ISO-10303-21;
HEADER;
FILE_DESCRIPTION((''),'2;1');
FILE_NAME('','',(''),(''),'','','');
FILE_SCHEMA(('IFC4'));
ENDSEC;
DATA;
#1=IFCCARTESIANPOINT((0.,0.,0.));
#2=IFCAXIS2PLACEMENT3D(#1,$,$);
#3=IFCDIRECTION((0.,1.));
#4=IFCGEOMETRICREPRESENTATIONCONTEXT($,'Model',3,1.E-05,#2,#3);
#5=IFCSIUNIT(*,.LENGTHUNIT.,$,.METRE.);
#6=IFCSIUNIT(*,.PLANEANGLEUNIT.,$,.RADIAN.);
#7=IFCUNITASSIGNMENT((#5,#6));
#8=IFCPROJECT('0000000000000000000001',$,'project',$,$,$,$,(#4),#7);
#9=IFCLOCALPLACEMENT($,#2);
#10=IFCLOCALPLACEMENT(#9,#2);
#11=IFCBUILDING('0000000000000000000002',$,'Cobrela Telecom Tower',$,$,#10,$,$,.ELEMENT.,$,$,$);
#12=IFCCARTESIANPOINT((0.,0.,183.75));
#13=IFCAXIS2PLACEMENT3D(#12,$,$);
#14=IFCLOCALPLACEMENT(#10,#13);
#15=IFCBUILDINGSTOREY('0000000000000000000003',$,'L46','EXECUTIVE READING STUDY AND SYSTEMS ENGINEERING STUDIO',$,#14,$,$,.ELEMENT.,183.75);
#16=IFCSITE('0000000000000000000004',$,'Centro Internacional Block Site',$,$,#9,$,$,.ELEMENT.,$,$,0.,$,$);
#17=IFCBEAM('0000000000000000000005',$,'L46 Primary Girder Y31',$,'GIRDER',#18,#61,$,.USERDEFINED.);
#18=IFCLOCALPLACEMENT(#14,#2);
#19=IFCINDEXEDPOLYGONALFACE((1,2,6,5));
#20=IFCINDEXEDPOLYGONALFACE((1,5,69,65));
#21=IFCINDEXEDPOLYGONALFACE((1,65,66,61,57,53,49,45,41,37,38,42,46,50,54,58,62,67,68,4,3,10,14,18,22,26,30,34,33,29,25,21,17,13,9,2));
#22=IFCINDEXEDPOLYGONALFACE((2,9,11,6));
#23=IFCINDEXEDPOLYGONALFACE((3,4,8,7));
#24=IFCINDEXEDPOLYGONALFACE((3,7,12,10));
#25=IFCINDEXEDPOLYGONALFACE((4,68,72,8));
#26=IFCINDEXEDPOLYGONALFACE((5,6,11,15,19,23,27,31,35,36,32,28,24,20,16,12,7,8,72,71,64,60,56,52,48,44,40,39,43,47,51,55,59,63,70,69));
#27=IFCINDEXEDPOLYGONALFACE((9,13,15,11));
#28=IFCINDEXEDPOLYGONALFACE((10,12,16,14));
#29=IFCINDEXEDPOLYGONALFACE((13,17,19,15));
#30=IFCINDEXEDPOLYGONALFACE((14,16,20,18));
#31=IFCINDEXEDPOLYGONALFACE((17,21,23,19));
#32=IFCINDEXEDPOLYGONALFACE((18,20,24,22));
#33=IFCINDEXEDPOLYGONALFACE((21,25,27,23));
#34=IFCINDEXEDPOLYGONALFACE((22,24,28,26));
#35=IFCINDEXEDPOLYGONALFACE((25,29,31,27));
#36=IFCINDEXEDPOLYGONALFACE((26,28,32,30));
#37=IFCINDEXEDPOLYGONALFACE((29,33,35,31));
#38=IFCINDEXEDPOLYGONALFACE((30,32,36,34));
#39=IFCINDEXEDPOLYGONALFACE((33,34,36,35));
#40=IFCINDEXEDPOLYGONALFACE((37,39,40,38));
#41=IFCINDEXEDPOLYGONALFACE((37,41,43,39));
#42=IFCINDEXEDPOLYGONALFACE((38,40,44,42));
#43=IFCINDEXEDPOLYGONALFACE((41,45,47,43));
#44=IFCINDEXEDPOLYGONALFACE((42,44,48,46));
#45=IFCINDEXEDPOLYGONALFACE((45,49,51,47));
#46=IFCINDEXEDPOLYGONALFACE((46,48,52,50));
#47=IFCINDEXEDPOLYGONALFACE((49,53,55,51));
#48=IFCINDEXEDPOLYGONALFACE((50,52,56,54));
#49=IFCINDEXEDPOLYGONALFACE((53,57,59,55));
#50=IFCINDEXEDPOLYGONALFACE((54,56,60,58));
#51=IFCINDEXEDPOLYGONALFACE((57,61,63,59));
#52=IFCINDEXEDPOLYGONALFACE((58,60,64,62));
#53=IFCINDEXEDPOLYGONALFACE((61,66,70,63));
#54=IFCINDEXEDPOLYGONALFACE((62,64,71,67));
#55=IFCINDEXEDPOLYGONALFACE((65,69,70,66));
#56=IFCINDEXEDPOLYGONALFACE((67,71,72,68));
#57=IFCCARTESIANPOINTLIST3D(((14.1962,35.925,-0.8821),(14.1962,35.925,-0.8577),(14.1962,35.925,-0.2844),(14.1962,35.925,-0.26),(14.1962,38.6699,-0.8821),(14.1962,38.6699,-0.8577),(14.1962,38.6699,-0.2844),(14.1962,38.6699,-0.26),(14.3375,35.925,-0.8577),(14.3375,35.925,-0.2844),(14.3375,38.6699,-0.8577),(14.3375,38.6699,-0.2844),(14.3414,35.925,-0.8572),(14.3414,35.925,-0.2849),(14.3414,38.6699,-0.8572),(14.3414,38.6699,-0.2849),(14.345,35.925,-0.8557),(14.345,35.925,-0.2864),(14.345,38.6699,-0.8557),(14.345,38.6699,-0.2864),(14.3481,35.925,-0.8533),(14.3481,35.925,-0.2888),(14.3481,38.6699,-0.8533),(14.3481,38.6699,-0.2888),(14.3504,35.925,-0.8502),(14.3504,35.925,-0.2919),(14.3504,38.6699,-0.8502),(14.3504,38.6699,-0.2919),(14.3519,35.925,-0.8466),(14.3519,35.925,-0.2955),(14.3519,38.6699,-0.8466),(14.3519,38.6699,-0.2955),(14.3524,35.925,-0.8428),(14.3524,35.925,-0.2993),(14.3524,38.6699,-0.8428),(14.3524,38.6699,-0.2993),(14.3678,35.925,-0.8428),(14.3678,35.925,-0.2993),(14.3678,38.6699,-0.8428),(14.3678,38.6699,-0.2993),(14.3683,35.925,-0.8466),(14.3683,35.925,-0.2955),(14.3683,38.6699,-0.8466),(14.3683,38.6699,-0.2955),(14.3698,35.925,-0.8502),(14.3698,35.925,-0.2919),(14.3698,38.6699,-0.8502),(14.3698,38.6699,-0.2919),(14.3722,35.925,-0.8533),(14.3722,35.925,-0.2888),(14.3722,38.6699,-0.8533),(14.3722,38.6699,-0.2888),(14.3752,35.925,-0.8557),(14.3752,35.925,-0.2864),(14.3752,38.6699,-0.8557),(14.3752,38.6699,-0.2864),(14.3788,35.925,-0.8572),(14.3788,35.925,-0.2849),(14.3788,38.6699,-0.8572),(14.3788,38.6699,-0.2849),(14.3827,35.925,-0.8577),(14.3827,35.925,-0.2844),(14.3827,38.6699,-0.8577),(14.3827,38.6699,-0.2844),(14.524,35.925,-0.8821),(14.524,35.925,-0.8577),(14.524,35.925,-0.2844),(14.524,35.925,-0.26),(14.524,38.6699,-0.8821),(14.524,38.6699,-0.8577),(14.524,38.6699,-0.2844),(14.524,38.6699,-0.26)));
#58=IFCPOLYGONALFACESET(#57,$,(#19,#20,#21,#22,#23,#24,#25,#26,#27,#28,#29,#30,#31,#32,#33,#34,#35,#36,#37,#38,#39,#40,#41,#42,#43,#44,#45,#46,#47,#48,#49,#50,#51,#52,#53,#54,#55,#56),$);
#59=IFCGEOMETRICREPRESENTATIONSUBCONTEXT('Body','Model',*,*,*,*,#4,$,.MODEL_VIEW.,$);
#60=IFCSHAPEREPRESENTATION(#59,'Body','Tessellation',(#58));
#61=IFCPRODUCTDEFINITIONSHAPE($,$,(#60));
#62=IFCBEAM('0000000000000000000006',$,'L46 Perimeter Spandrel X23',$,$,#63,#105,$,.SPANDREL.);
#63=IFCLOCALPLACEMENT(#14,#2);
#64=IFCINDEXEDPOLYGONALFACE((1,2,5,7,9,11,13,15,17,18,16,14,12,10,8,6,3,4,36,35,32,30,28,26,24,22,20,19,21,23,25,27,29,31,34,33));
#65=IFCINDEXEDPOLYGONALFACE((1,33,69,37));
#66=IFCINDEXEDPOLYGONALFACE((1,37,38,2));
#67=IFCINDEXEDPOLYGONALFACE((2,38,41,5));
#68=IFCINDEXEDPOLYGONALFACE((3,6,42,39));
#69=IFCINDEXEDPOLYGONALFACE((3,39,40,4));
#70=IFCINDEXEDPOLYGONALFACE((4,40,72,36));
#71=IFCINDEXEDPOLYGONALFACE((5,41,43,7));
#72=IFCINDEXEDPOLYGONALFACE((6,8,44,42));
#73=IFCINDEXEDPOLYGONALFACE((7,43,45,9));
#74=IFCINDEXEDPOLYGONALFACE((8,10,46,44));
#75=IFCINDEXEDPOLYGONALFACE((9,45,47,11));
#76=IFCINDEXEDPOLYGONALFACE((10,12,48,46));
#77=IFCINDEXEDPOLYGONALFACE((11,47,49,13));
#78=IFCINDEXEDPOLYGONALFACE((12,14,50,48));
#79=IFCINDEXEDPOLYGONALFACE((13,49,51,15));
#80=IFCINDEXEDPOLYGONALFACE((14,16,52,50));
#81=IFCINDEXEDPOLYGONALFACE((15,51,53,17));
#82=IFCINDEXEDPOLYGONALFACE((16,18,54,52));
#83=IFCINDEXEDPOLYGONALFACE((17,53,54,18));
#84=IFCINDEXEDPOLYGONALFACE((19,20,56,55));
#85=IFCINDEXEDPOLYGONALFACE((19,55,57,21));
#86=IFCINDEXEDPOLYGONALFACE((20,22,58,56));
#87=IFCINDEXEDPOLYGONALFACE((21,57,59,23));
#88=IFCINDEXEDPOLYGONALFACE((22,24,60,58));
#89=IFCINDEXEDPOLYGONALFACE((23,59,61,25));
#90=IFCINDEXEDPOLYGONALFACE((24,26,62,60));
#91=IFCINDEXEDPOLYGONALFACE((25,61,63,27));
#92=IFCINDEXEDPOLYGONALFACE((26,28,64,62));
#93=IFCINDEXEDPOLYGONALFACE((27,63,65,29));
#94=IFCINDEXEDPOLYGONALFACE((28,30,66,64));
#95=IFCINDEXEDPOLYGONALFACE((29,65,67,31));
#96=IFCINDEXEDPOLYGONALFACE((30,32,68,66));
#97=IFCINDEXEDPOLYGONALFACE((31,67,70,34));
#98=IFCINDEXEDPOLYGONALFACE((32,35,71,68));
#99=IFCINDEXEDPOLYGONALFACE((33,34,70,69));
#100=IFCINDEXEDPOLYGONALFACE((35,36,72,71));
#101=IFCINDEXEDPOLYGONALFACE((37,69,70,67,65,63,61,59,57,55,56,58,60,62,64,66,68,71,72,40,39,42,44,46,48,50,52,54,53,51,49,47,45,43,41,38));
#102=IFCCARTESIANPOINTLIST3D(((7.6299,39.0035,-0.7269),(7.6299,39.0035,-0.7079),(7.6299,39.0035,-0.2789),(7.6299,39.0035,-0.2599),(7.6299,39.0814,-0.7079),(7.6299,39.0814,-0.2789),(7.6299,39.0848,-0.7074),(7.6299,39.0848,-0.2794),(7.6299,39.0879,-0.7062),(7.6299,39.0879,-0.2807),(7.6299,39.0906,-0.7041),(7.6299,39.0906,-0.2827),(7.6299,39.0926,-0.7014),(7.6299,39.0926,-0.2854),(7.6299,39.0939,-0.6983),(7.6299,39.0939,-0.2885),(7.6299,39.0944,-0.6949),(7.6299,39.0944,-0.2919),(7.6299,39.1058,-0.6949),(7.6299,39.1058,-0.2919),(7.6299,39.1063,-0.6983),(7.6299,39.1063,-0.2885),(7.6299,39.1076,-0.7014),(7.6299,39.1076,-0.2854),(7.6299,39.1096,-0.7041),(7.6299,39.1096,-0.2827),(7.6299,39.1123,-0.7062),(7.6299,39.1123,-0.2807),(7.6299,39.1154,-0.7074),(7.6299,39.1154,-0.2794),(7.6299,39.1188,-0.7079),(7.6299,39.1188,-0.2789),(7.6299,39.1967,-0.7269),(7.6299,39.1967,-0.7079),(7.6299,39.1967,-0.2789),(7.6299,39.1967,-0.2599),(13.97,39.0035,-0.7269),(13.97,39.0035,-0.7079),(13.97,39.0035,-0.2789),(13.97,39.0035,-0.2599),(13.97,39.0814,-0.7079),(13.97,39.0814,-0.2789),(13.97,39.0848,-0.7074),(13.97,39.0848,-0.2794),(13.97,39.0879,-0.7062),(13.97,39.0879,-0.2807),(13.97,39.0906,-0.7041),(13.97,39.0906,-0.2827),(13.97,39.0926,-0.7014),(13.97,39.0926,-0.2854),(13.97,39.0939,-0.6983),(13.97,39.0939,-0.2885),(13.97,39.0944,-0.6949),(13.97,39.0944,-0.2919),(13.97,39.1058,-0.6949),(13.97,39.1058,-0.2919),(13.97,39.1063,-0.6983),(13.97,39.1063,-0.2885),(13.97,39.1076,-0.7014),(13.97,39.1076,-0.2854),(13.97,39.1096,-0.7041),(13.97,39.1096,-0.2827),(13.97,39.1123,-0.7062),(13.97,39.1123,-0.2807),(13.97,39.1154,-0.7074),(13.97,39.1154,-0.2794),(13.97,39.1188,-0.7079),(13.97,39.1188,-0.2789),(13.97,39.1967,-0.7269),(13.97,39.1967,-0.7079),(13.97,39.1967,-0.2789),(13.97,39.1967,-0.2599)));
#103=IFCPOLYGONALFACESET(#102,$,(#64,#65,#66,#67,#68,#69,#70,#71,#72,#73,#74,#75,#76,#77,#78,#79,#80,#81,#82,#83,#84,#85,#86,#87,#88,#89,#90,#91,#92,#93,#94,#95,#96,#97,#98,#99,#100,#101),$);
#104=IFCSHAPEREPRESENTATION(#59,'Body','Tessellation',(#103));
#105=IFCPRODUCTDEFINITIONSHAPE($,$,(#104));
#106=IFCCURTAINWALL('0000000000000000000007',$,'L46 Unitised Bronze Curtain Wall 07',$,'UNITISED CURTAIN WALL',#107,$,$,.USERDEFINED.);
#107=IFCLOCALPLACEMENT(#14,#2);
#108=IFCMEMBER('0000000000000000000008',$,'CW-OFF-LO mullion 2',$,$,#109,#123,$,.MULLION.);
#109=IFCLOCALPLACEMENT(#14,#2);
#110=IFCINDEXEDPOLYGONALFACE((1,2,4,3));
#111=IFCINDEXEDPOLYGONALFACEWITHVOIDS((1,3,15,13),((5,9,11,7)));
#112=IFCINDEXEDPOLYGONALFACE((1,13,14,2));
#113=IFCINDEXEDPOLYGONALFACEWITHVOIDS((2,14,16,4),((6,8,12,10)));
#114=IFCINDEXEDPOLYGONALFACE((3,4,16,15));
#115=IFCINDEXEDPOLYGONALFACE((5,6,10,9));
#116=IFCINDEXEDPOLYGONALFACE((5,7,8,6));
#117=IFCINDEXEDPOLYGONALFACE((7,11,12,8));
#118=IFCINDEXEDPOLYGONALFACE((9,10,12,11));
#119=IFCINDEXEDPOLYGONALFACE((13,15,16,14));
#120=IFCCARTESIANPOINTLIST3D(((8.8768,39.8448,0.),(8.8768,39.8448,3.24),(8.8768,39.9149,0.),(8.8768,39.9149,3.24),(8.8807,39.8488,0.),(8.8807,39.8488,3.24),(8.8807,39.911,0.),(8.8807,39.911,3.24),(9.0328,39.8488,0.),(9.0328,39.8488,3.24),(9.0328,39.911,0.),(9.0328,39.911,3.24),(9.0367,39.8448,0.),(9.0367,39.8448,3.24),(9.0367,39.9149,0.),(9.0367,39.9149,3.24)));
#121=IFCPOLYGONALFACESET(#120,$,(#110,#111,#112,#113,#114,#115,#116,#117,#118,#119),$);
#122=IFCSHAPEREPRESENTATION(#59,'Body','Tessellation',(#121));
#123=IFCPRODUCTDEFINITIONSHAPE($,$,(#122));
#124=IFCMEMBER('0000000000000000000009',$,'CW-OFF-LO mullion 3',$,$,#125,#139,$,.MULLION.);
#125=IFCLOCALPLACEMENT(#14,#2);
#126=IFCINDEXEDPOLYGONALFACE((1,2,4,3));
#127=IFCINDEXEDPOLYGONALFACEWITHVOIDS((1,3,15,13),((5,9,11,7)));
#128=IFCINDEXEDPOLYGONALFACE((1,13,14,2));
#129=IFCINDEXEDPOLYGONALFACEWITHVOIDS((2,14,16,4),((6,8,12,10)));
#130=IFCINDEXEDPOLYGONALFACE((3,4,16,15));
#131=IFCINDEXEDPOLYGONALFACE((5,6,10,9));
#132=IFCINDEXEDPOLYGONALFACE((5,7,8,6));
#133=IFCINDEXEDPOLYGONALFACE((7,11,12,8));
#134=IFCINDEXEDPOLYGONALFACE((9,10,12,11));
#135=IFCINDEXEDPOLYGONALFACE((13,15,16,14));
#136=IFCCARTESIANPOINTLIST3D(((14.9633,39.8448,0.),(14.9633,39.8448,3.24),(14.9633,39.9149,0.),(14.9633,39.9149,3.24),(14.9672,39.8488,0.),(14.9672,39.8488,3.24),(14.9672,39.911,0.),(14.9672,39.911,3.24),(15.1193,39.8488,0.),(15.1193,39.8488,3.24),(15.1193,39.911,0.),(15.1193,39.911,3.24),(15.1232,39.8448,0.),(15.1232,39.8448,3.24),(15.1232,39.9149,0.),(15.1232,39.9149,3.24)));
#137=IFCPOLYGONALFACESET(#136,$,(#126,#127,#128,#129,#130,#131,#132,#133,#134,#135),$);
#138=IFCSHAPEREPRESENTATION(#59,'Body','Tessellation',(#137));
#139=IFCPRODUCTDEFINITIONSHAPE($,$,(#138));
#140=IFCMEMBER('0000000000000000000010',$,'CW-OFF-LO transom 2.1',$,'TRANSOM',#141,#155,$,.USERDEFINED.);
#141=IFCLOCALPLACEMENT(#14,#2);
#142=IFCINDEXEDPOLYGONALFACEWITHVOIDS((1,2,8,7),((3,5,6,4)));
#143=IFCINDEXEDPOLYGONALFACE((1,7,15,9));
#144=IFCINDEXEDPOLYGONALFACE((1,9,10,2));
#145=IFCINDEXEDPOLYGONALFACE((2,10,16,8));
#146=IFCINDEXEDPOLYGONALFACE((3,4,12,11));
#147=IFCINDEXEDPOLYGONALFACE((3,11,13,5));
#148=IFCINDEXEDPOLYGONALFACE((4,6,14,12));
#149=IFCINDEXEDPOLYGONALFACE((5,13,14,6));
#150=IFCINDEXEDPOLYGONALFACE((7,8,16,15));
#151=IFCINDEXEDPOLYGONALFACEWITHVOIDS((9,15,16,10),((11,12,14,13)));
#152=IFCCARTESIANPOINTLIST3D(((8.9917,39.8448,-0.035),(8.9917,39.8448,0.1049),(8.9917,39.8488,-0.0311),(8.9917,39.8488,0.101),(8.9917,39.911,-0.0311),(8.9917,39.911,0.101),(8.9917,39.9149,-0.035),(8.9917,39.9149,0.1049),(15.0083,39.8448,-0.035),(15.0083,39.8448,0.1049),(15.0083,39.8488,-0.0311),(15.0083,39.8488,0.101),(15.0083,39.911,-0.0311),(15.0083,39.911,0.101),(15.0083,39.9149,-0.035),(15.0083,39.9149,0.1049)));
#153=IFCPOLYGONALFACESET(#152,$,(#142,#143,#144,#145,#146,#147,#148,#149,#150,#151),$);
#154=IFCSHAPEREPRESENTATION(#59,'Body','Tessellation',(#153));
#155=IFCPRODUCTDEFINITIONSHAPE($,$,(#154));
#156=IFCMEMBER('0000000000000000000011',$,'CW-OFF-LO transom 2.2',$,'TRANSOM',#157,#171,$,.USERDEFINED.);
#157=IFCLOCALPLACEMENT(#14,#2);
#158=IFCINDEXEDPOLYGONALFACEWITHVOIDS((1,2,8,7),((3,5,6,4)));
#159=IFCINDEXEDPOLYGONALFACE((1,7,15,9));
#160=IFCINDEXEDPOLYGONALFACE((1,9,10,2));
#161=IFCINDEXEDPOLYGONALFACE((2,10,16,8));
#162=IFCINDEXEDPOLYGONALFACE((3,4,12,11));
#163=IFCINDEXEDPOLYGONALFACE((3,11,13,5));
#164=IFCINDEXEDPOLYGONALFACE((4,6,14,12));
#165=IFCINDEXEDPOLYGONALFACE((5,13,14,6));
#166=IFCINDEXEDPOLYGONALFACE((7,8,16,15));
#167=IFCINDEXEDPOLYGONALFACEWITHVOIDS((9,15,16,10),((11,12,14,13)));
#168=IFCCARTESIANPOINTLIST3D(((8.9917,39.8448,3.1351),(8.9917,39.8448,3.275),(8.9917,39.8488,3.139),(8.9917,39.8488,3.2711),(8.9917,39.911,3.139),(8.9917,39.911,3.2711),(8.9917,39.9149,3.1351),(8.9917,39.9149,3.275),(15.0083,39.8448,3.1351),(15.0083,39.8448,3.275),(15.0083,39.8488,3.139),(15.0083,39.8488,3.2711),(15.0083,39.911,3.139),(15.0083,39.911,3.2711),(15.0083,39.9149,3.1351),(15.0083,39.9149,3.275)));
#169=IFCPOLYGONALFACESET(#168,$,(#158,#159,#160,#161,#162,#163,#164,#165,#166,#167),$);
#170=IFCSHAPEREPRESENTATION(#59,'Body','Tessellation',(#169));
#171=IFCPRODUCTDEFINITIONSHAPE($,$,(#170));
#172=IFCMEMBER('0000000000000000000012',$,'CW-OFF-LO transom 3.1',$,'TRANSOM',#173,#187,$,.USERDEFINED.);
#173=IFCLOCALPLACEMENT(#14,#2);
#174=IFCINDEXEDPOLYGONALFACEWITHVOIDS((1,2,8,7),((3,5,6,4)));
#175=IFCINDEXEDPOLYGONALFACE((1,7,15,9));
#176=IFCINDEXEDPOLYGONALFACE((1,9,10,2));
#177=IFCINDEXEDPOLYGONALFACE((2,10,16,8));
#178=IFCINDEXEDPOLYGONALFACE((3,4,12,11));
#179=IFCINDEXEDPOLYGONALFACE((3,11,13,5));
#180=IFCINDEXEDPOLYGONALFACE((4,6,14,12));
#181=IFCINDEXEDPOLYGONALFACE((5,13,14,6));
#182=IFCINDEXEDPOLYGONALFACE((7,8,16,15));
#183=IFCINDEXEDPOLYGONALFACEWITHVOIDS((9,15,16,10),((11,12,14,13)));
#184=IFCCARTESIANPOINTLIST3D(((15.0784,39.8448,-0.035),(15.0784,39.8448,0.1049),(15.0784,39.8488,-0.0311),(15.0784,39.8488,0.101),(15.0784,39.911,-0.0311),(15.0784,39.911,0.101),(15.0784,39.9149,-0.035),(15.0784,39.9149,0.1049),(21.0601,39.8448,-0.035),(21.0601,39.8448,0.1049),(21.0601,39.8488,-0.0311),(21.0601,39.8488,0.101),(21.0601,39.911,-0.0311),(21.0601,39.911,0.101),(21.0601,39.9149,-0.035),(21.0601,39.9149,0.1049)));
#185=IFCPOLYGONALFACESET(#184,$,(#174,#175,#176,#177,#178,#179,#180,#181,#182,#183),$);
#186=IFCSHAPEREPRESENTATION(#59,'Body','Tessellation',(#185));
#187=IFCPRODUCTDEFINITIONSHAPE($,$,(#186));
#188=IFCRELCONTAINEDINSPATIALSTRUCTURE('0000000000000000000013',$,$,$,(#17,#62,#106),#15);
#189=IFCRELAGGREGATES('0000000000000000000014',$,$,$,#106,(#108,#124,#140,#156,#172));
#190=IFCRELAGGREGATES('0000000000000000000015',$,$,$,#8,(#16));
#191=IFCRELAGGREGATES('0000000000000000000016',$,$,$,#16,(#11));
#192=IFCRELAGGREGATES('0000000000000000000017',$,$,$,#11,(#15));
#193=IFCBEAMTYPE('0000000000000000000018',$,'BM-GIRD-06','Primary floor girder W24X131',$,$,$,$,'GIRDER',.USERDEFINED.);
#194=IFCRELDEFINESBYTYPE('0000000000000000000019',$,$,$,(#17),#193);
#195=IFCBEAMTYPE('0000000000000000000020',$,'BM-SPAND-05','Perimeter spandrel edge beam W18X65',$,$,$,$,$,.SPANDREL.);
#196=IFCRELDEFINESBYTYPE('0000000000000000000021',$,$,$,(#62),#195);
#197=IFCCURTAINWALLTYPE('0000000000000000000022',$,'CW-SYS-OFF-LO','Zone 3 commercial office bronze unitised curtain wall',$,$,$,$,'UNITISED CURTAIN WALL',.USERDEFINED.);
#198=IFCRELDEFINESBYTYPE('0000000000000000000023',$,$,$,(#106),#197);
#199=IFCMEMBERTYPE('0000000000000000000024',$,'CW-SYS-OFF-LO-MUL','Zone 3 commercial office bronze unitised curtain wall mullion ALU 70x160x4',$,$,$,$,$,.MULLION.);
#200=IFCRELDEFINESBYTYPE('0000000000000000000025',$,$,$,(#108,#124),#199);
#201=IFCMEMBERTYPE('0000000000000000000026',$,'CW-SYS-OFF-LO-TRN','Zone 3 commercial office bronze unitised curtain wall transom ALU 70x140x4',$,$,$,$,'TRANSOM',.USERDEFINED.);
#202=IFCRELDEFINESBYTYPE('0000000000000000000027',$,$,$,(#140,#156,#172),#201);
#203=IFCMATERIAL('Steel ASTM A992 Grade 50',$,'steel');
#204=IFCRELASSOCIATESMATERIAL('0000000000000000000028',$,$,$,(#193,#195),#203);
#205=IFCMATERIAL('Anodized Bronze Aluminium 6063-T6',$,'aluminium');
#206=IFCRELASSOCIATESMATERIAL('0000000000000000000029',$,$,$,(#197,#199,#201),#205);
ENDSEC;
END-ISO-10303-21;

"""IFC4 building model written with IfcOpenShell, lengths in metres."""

from ifc_helpers import new_model, si_unit, direction, frame, origin, origin_2d, place, context, subcontext, project, spatial, hollow_rectangle, i_section, extrude, material, material_profile, profile_set, type_object, element, aggregate, save


model = new_model("IFC4")

# Units and contexts
model_context = context("Model", 3, precision=1e-05, world=origin(), true_north=direction((0.0, 1.0)))
body_context = subcontext(model_context, "Body", "Model", "MODEL_VIEW")
ifc_project = project(units=[si_unit("LENGTHUNIT", "METRE"), si_unit("PLANEANGLEUNIT", "RADIAN")], contexts=[model_context])

# Site, building, storey
site_placement = place(None, origin())
site = spatial("IfcSite", under=ifc_project, at=site_placement, Name="Centro Internacional Block Site", CompositionType="ELEMENT", RefElevation=0.0)
building_placement = place(site_placement, origin())
building = spatial("IfcBuilding", under=site, at=building_placement, Name="Cobrela Telecom Tower", CompositionType="ELEMENT")
storey_placement = place(building_placement, frame((0.0, 0.0, 183.75)))
storey = spatial("IfcBuildingStorey", under=building, at=storey_placement, Name="L46", Description="EXECUTIVE READING STUDY AND SYSTEMS ENGINEERING STUDIO", CompositionType="ELEMENT", Elevation=183.75)

# Beams
ifc_material_1 = material(Name="Steel ASTM A992 Grade 50", Category="steel")
ifc_material_profile_1 = material_profile(ifc_material_1, i_section(OverallWidth=0.3279, OverallDepth=0.6221, WebThickness=0.0154, FlangeThickness=0.0244, FilletRadius=0.0149, at=origin_2d()), Name="W24X131")
ifc_profile_set_1 = profile_set([ifc_material_profile_1], Name="Steel ASTM A992 Grade 50")
beam_type_1 = type_object("IfcBeamType", Name="BM-GIRD-06", Description="Primary floor girder W24X131", ElementType="GIRDER", PredefinedType="USERDEFINED", material=ifc_profile_set_1)
for number, where, z_axis, x_axis, name in (
    (1, (14.3601, 35.925, -0.571), (0.0, 1.0, 0.0), (-1.0, 0.0, 0.0), "L46 Primary Girder Y31"),
):
    element("IfcBeam", number, at=place(storey_placement, frame(where, z_axis=z_axis, x_axis=x_axis)), inside=storey, type_object=beam_type_1, Name=name, ObjectType="GIRDER", PredefinedType="USERDEFINED", context=body_context, shape_type="SweptSolid", body=[
        extrude(i_section(OverallWidth=0.3279, OverallDepth=0.6221, WebThickness=0.0154, FlangeThickness=0.0244, FilletRadius=0.0149, at=origin_2d()), origin(), (0.0, 0.0, 1.0), 2.7449),
    ])
ifc_material_profile_2 = material_profile(ifc_material_1, i_section(OverallWidth=0.1931, OverallDepth=0.467, WebThickness=0.0115, FlangeThickness=0.019, FilletRadius=0.0129, at=origin_2d()), Name="W18X65")
ifc_profile_set_2 = profile_set([ifc_material_profile_2], Name="Steel ASTM A992 Grade 50")
beam_type_2 = type_object("IfcBeamType", Name="BM-SPAND-05", Description="Perimeter spandrel edge beam W18X65", PredefinedType="SPANDREL", material=ifc_profile_set_2)
beam_1_placement = place(storey_placement, frame((7.6299, 39.1001, -0.4934), z_axis=(1.0, 0.0, 0.0), x_axis=(0.0, 1.0, 0.0)))
element("IfcBeam", 2, at=beam_1_placement, inside=storey, type_object=beam_type_2, Name="L46 Perimeter Spandrel X23", PredefinedType="SPANDREL", context=body_context, shape_type="SweptSolid", body=[
    extrude(i_section(OverallWidth=0.1931, OverallDepth=0.467, WebThickness=0.0115, FlangeThickness=0.019, FilletRadius=0.0129, at=origin_2d()), origin(), (0.0, 0.0, 1.0), 6.3401),
])

# Curtain wall, members
ifc_material_2 = material(Name="Anodized Bronze Aluminium 6063-T6", Category="aluminium")
curtain_wall_type = type_object("IfcCurtainWallType", Name="CW-SYS-OFF-LO", Description="Zone 3 commercial office bronze unitised curtain wall", ElementType="UNITISED CURTAIN WALL", PredefinedType="USERDEFINED", material=ifc_material_2)
curtain_wall_placement = place(storey_placement, origin())
curtain_wall = element("IfcCurtainWall", 3, at=curtain_wall_placement, inside=storey, type_object=curtain_wall_type, Name="L46 Unitised Bronze Curtain Wall 07", ObjectType="UNITISED CURTAIN WALL", PredefinedType="USERDEFINED")
ifc_material_profile_3 = material_profile(ifc_material_2, hollow_rectangle(XDim=0.0701, YDim=0.1599, WallThickness=0.0039, at=origin_2d()), Name="ALU 70x160x4")
ifc_profile_set_3 = profile_set([ifc_material_profile_3], Name="Anodized Bronze Aluminium 6063-T6")
member_type_1 = type_object("IfcMemberType", Name="CW-SYS-OFF-LO-MUL", Description="Zone 3 commercial office bronze unitised curtain wall mullion ALU 70x160x4", PredefinedType="MULLION", material=ifc_profile_set_3)
member_1_placement = place(storey_placement, frame((8.9568, 39.8799, 0.0), z_axis=(0.0, 0.0, 1.0), x_axis=(0.0, 1.0, 0.0)))
member_1 = element("IfcMember", 4, at=member_1_placement, type_object=member_type_1, Name="CW-OFF-LO mullion 2", PredefinedType="MULLION", context=body_context, shape_type="SweptSolid", body=[
    extrude(hollow_rectangle(XDim=0.0701, YDim=0.1599, WallThickness=0.0039, at=origin_2d()), origin(), (0.0, 0.0, 1.0), 3.24),
])
member_2_placement = place(storey_placement, frame((15.0432, 39.8799, 0.0), z_axis=(0.0, 0.0, 1.0), x_axis=(0.0, 1.0, 0.0)))
member_2 = element("IfcMember", 5, at=member_2_placement, type_object=member_type_1, Name="CW-OFF-LO mullion 3", PredefinedType="MULLION", context=body_context, shape_type="SweptSolid", body=[
    extrude(hollow_rectangle(XDim=0.0701, YDim=0.1599, WallThickness=0.0039, at=origin_2d()), origin(), (0.0, 0.0, 1.0), 3.24),
])
ifc_material_profile_4 = material_profile(ifc_material_2, hollow_rectangle(XDim=0.0701, YDim=0.1399, WallThickness=0.0039, at=origin_2d()), Name="ALU 70x140x4")
ifc_profile_set_4 = profile_set([ifc_material_profile_4], Name="Anodized Bronze Aluminium 6063-T6")
member_type_2 = type_object("IfcMemberType", Name="CW-SYS-OFF-LO-TRN", Description="Zone 3 commercial office bronze unitised curtain wall transom ALU 70x140x4", ElementType="TRANSOM", PredefinedType="USERDEFINED", material=ifc_profile_set_4)
member_3_placement = place(storey_placement, frame((8.9917, 39.8799, 0.0349), z_axis=(1.0, 0.0, 0.0), x_axis=(0.0, 1.0, 0.0)))
member_3 = element("IfcMember", 6, at=member_3_placement, type_object=member_type_2, Name="CW-OFF-LO transom 2.1", ObjectType="TRANSOM", PredefinedType="USERDEFINED", context=body_context, shape_type="SweptSolid", body=[
    extrude(hollow_rectangle(XDim=0.0701, YDim=0.1399, WallThickness=0.0039, at=origin_2d()), origin(), (0.0, 0.0, 1.0), 6.0166),
])
member_4_placement = place(storey_placement, frame((8.9917, 39.8799, 3.2051), z_axis=(1.0, 0.0, 0.0), x_axis=(0.0, 1.0, 0.0)))
member_4 = element("IfcMember", 7, at=member_4_placement, type_object=member_type_2, Name="CW-OFF-LO transom 2.2", ObjectType="TRANSOM", PredefinedType="USERDEFINED", context=body_context, shape_type="SweptSolid", body=[
    extrude(hollow_rectangle(XDim=0.0701, YDim=0.1399, WallThickness=0.0039, at=origin_2d()), origin(), (0.0, 0.0, 1.0), 6.0166),
])
member_5_placement = place(storey_placement, frame((15.0784, 39.8799, 0.0349), z_axis=(1.0, 0.0, 0.0), x_axis=(0.0, 1.0, 0.0)))
member_5 = element("IfcMember", 8, at=member_5_placement, type_object=member_type_2, Name="CW-OFF-LO transom 3.1", ObjectType="TRANSOM", PredefinedType="USERDEFINED", context=body_context, shape_type="SweptSolid", body=[
    extrude(hollow_rectangle(XDim=0.0701, YDim=0.1399, WallThickness=0.0039, at=origin_2d()), origin(), (0.0, 0.0, 1.0), 5.9817),
])
aggregate(curtain_wall, [member_1, member_2, member_3, member_4, member_5])

save(model, "model.ifc")
